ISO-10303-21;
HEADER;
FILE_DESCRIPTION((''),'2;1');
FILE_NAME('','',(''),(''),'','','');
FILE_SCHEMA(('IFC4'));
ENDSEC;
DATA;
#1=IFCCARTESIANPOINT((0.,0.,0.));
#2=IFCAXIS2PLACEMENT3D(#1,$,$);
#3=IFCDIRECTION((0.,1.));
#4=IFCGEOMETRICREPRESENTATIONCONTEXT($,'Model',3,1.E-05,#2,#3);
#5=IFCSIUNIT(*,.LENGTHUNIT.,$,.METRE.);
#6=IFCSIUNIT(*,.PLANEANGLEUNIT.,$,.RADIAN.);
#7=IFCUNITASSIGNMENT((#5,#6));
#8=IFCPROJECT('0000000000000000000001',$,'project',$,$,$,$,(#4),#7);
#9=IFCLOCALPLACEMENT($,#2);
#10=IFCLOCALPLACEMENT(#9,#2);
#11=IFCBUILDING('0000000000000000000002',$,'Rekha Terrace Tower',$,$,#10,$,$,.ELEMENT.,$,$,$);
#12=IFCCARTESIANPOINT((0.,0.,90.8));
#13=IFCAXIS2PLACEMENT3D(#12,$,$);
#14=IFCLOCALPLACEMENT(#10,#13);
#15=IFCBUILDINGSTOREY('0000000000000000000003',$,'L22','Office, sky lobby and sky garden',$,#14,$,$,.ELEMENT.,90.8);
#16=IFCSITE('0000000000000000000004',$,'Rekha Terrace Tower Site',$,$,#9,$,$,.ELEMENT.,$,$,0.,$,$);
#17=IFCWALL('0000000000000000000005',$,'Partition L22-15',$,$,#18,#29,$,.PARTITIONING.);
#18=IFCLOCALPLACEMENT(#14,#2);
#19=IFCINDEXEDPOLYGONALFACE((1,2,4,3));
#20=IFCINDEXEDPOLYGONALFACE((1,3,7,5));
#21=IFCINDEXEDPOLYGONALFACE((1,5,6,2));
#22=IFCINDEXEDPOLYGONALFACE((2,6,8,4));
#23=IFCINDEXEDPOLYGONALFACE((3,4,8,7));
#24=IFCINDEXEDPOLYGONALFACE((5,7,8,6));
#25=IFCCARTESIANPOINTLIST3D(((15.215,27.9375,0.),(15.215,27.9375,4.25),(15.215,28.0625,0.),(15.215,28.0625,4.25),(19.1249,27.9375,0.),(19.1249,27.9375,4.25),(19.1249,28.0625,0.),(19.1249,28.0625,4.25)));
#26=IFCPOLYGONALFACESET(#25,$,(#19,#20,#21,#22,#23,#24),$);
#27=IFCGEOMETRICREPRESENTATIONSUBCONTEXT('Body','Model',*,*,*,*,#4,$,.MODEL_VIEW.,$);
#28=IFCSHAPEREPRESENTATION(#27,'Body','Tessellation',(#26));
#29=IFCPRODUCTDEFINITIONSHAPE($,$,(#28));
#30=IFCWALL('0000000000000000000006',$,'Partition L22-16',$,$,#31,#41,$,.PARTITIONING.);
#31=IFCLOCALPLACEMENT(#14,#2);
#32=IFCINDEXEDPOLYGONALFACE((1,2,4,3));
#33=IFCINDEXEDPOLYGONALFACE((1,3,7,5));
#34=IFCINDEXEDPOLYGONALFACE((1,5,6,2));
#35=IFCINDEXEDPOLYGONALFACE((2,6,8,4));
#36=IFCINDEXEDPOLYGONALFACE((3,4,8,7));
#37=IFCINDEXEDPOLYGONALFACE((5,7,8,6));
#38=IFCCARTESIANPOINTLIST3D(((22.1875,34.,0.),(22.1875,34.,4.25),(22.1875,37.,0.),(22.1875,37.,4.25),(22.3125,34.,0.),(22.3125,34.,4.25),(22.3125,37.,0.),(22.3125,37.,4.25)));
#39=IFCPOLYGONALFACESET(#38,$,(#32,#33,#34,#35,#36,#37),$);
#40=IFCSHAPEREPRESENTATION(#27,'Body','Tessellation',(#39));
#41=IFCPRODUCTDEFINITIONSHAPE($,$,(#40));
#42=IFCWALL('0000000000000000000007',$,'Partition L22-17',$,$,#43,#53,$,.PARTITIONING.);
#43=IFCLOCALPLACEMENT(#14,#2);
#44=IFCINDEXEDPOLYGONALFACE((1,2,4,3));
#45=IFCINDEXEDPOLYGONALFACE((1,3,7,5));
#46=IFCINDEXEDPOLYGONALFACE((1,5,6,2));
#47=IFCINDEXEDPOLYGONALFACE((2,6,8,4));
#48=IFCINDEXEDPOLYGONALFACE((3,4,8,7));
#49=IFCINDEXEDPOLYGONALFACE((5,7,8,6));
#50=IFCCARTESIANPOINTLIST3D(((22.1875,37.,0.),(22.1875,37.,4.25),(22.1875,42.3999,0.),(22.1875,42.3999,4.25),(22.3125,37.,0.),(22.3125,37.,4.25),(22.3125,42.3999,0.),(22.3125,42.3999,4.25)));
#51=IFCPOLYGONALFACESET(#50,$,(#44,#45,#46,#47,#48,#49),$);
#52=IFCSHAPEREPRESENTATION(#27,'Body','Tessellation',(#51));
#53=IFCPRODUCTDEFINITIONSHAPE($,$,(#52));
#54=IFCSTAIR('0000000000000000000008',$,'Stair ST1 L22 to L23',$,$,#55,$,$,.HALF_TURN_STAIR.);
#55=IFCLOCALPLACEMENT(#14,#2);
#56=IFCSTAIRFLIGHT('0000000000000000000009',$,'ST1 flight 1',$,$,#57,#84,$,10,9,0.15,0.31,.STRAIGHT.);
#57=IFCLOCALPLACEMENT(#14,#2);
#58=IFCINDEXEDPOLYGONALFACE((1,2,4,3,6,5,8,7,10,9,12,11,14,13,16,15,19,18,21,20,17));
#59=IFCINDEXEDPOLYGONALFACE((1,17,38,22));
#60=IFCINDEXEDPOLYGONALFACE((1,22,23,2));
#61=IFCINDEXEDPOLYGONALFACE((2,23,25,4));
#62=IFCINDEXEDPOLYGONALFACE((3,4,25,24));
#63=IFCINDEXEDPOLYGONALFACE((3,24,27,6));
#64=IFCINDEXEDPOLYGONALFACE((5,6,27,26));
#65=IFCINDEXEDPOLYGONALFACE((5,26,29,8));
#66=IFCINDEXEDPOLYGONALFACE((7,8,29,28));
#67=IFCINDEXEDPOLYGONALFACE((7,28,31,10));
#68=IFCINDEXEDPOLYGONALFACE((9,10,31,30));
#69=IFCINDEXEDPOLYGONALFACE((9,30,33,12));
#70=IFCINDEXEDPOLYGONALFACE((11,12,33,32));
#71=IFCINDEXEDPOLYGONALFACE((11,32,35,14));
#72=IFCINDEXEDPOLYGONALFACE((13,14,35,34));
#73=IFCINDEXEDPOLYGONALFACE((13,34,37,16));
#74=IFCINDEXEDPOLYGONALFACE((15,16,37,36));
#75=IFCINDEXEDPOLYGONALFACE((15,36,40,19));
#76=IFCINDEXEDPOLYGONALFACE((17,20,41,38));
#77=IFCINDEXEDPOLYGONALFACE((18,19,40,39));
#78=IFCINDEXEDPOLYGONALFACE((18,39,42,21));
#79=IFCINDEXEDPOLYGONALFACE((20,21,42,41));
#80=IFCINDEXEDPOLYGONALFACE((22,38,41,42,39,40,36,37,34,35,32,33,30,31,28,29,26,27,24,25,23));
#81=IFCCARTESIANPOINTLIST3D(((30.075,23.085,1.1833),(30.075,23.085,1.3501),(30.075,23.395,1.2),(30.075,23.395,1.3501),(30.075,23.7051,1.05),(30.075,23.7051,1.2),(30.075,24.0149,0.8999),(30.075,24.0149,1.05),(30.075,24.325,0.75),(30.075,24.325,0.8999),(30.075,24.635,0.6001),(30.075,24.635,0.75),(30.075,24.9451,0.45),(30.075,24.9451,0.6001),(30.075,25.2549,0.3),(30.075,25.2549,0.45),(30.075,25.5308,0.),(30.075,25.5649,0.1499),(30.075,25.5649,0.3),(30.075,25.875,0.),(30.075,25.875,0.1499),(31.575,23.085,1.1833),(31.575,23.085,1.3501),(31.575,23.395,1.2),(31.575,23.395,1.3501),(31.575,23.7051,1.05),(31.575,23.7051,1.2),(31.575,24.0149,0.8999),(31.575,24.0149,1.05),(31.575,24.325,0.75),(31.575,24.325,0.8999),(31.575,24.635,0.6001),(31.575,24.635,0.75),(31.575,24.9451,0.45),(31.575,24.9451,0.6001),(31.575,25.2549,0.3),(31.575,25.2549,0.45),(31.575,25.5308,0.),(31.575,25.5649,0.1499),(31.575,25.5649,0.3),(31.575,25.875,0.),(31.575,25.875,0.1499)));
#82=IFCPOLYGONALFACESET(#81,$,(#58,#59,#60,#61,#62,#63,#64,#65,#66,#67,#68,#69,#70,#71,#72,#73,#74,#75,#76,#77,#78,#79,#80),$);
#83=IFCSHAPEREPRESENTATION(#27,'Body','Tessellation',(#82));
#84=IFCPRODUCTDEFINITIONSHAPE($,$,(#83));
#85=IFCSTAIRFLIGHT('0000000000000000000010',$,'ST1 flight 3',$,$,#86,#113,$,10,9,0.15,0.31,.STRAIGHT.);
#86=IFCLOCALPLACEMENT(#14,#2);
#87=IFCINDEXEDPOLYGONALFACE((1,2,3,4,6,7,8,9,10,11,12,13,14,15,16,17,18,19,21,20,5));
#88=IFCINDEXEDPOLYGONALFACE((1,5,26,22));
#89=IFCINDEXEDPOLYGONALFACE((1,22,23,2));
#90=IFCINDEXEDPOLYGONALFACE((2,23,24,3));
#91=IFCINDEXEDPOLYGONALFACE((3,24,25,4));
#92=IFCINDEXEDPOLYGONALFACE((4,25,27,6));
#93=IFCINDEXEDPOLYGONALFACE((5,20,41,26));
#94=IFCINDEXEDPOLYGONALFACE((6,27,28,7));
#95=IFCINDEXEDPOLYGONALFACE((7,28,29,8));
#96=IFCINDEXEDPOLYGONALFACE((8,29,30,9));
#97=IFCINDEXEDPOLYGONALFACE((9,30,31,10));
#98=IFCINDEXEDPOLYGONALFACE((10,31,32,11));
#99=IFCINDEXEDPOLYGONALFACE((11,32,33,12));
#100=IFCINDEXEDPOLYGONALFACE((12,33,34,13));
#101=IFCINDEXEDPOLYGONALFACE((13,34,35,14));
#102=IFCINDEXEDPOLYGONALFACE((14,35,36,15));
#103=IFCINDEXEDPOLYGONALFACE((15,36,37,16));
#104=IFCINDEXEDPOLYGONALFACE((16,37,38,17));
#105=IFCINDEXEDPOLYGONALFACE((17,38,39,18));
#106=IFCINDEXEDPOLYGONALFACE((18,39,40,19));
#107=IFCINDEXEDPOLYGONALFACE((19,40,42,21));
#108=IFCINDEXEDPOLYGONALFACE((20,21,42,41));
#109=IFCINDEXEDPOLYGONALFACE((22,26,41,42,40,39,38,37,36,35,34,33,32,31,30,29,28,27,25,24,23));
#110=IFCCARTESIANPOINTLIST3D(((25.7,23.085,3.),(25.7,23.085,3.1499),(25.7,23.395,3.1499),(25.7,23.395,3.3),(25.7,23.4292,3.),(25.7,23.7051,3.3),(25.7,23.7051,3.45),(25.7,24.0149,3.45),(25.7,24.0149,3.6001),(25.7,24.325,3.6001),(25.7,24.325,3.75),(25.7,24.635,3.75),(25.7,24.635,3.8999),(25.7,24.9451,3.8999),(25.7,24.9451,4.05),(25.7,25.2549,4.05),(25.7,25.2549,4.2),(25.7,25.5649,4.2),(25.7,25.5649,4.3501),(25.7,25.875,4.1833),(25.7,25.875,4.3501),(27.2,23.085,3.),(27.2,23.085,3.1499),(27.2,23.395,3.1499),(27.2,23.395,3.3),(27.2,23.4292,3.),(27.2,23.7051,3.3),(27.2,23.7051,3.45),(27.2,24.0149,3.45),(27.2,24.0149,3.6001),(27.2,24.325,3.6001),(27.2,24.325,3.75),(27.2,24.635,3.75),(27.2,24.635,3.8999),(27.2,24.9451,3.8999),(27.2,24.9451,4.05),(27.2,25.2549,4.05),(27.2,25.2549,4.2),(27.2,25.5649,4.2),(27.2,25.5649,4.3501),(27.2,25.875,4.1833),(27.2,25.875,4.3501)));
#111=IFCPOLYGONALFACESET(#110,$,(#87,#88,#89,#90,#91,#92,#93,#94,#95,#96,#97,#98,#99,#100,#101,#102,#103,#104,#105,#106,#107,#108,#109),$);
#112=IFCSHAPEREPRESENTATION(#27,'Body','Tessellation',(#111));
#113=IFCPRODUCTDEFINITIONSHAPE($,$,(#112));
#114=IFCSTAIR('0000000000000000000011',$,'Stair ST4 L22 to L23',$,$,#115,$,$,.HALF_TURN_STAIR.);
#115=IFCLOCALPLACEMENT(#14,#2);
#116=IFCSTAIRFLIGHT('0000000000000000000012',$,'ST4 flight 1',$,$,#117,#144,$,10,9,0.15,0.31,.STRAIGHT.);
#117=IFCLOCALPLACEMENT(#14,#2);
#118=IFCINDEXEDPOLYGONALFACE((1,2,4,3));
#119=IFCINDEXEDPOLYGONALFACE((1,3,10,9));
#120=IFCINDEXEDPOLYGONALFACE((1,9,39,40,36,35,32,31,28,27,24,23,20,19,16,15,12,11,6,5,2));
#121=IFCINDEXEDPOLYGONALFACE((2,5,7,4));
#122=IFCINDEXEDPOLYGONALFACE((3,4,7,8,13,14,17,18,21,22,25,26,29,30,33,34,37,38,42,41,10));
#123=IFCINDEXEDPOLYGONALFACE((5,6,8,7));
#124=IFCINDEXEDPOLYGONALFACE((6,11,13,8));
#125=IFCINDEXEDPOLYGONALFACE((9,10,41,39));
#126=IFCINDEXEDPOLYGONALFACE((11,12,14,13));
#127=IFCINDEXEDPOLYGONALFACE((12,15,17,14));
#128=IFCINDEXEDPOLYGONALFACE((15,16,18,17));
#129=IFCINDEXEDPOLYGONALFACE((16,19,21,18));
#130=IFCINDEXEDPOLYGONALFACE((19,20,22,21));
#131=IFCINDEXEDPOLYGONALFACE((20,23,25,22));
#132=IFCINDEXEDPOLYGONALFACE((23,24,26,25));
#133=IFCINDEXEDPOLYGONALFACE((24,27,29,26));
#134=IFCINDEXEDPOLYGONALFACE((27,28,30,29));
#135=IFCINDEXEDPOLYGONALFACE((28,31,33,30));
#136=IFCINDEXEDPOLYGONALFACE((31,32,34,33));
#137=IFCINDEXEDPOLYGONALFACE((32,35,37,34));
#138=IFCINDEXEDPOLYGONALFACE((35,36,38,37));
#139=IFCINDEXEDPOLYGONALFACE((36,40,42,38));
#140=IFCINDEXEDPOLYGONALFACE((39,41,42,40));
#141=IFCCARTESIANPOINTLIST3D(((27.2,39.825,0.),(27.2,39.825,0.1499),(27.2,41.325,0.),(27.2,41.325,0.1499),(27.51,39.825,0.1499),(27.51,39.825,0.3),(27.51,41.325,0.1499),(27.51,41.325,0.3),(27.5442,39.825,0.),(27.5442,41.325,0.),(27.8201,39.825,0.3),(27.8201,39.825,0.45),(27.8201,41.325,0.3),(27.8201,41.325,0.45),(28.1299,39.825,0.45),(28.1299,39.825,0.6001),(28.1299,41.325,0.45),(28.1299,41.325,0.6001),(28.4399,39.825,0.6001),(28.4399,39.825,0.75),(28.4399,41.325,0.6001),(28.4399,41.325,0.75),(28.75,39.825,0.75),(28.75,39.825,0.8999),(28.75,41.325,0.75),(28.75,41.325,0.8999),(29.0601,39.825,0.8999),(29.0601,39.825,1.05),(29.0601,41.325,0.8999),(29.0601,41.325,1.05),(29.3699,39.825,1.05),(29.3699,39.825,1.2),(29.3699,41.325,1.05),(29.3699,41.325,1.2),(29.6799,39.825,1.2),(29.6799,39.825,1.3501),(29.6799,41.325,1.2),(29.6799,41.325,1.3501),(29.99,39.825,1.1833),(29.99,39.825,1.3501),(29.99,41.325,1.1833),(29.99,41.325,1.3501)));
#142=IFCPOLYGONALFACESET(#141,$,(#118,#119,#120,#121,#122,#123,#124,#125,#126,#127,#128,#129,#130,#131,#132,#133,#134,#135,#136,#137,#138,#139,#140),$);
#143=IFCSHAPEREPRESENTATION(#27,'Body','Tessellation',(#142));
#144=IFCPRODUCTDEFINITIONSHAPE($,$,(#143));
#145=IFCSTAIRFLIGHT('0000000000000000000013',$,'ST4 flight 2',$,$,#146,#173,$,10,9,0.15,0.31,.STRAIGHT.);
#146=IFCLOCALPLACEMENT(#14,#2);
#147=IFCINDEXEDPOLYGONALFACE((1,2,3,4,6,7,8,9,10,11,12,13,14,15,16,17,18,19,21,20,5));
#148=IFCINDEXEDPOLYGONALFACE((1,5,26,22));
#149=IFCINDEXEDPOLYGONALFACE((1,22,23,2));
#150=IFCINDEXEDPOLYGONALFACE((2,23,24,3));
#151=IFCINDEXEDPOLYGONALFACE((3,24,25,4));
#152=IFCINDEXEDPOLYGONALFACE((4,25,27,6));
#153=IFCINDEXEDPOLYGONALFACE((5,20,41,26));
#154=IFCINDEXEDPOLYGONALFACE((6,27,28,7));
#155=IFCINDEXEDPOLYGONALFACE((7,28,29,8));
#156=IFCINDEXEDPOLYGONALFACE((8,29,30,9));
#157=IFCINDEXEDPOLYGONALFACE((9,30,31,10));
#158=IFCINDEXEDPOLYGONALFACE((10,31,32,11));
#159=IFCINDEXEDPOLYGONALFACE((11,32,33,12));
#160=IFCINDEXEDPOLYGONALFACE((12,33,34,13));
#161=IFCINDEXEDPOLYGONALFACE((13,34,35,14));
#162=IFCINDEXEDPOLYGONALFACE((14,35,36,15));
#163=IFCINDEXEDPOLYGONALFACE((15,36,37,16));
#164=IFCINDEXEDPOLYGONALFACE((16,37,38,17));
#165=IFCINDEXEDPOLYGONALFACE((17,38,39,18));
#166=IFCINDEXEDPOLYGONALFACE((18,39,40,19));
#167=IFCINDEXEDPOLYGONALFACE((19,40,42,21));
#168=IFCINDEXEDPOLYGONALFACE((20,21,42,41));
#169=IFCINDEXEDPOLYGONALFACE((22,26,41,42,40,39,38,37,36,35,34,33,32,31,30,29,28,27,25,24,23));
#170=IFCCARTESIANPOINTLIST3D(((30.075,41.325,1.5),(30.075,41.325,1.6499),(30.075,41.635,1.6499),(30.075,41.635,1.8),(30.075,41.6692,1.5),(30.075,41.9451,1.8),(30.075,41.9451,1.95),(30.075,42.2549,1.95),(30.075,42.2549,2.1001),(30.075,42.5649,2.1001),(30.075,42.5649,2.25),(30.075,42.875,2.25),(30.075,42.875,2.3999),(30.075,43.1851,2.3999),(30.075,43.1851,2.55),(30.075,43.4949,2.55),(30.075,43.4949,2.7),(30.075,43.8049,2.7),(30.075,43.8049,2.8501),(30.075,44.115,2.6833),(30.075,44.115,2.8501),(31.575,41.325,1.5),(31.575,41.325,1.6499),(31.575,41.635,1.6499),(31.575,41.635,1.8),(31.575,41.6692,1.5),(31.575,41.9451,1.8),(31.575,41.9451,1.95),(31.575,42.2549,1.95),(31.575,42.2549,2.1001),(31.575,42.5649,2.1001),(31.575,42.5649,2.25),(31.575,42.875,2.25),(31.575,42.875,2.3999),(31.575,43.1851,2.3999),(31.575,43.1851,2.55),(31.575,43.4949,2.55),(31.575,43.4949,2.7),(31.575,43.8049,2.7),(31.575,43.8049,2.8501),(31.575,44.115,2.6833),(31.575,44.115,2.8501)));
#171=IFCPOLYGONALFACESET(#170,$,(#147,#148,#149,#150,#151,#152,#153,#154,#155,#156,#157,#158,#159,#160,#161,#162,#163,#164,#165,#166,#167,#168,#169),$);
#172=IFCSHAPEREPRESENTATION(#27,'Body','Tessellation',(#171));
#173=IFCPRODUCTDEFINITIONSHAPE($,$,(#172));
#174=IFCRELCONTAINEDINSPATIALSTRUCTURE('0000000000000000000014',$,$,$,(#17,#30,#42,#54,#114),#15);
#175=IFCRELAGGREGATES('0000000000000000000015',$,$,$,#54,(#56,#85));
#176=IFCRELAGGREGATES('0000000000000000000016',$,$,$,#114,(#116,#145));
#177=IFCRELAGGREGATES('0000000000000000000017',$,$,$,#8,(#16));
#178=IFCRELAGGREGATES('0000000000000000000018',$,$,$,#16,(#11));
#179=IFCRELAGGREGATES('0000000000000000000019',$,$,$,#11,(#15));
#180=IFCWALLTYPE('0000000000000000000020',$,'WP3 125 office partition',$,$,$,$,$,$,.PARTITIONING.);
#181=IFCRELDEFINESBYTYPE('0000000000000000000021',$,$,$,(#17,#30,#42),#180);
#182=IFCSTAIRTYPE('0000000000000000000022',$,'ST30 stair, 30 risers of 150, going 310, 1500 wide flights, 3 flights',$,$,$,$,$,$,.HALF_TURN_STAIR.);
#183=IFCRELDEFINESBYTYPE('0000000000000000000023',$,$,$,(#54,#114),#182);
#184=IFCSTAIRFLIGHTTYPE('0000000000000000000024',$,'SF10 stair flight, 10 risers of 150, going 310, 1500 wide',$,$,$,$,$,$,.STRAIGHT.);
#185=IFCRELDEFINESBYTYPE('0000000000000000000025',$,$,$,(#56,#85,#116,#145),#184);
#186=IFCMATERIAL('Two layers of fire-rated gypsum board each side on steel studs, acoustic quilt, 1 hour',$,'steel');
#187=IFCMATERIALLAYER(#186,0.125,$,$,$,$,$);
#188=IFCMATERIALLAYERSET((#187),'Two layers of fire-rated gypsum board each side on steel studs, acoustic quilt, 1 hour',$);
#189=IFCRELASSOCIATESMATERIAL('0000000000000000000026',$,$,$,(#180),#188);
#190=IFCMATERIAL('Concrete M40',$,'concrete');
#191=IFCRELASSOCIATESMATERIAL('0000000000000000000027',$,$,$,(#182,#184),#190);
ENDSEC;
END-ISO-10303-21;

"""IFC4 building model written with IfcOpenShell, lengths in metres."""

from ifc_helpers import new_model, si_unit, direction, frame, frame_2d, origin, place, context, subcontext, project, spatial, polyline, rectangle, outline, extrude, material, layer, layer_set, type_object, element, aggregate, save


model = new_model("IFC4")

# Units and contexts
model_context = context("Model", 3, precision=1e-05, world=origin(), true_north=direction((0.0, 1.0)))
body_context = subcontext(model_context, "Body", "Model", "MODEL_VIEW")
ifc_project = project(units=[si_unit("LENGTHUNIT", "METRE"), si_unit("PLANEANGLEUNIT", "RADIAN")], contexts=[model_context])

# Site, building, storey
site_placement = place(None, origin())
site = spatial("IfcSite", under=ifc_project, at=site_placement, Name="Rekha Terrace Tower Site", CompositionType="ELEMENT", RefElevation=0.0)
building_placement = place(site_placement, origin())
building = spatial("IfcBuilding", under=site, at=building_placement, Name="Rekha Terrace Tower", CompositionType="ELEMENT")
storey_placement = place(building_placement, frame((0.0, 0.0, 90.8)))
storey = spatial("IfcBuildingStorey", under=building, at=storey_placement, Name="L22", Description="Office, sky lobby and sky garden", CompositionType="ELEMENT", Elevation=90.8)

# Shared definitions
ifc_material_1 = material(Name="Two layers of fire-rated gypsum board each side on steel studs, acoustic quilt, 1 hour", Category="steel")
ifc_layer_1 = layer(ifc_material_1, 0.125)
ifc_layer_set_1 = layer_set([ifc_layer_1], Name="Two layers of fire-rated gypsum board each side on steel studs, acoustic quilt, 1 hour")
wall_type_1 = type_object("IfcWallType", Name="WP3 125 office partition", PredefinedType="PARTITIONING", material=ifc_layer_set_1)

# Walls
wall_1_placement = place(storey_placement, frame((19.125, 28.0, 0.0), z_axis=(0.0, 0.0, 1.0), x_axis=(-1.0, 0.0, 0.0)))
element("IfcWall", 1, at=wall_1_placement, inside=storey, type_object=wall_type_1, Name="Partition L22-15", PredefinedType="PARTITIONING", context=body_context, shape_type="SweptSolid", body=[
    extrude(rectangle(XDim=3.9099, YDim=0.125, at=frame_2d((1.9551, 0.0))), origin(), (0.0, 0.0, 1.0), 4.25),
])
wall_2_placement = place(storey_placement, frame((22.25, 37.0, 0.0), z_axis=(0.0, 0.0, 1.0), x_axis=(0.0, -1.0, 0.0)))
element("IfcWall", 2, at=wall_2_placement, inside=storey, type_object=wall_type_1, Name="Partition L22-16", PredefinedType="PARTITIONING", context=body_context, shape_type="SweptSolid", body=[
    extrude(rectangle(XDim=3.0, YDim=0.125, at=frame_2d((1.5, 0.0))), origin(), (0.0, 0.0, 1.0), 4.25),
])
wall_3_placement = place(storey_placement, frame((22.25, 42.3999, 0.0), z_axis=(0.0, 0.0, 1.0), x_axis=(0.0, -1.0, 0.0)))
element("IfcWall", 3, at=wall_3_placement, inside=storey, type_object=wall_type_1, Name="Partition L22-17", PredefinedType="PARTITIONING", context=body_context, shape_type="SweptSolid", body=[
    extrude(rectangle(XDim=5.3999, YDim=0.125, at=frame_2d((2.7, 0.0))), origin(), (0.0, 0.0, 1.0), 4.25),
])

# Stairs, stair flights
ifc_material_2 = material(Name="Concrete M40", Category="concrete")
stair_type = type_object("IfcStairType", Name="ST30 stair, 30 risers of 150, going 310, 1500 wide flights, 3 flights", PredefinedType="HALF_TURN_STAIR", material=ifc_material_2)
stair_1_placement = place(storey_placement, origin())
stair_1 = element("IfcStair", 4, at=stair_1_placement, inside=storey, type_object=stair_type, Name="Stair ST1 L22 to L23", PredefinedType="HALF_TURN_STAIR")
stair_flight_type = type_object("IfcStairFlightType", Name="SF10 stair flight, 10 risers of 150, going 310, 1500 wide", PredefinedType="STRAIGHT", material=ifc_material_2)
stair_flight_1_placement = place(storey_placement, frame((30.825, 25.875, 0.0), z_axis=(0.0, 0.0, 1.0), x_axis=(0.0, -1.0, 0.0)))
stair_flight_1 = element("IfcStairFlight", 5, at=stair_flight_1_placement, type_object=stair_flight_type, Name="ST1 flight 1", NumberOfRisers=10, NumberOfTreads=9, PredefinedType="STRAIGHT", RiserHeight=0.15, TreadLength=0.31, context=body_context, shape_type="SweptSolid", body=[
    extrude(outline(polyline([(0.0, 0.0), (0.0, 0.1499), (0.3101, 0.1499), (0.3101, 0.3), (0.6201, 0.3), (0.6201, 0.45), (0.9299, 0.45), (0.9299, 0.6001), (1.24, 0.6001), (1.24, 0.75), (1.55, 0.75), (1.55, 0.8999), (1.8601, 0.8999), (1.8601, 1.05), (2.1699, 1.05), (2.1699, 1.2), (2.48, 1.2), (2.48, 1.3501), (2.79, 1.3501), (2.79, 1.5), (2.79, 1.1833), (0.3442, 0.0), (0.0, 0.0)])), frame((0.0, 0.75, 0.0), z_axis=(0.0, -1.0, 0.0), x_axis=(1.0, 0.0, 0.0)), (0.0, 0.0, 1.0), 1.5),
])
stair_flight_2_placement = place(storey_placement, frame((26.45, 23.085, 3.0), z_axis=(0.0, 0.0, 1.0), x_axis=(0.0, 1.0, 0.0)))
stair_flight_2 = element("IfcStairFlight", 6, at=stair_flight_2_placement, type_object=stair_flight_type, Name="ST1 flight 3", NumberOfRisers=10, NumberOfTreads=9, PredefinedType="STRAIGHT", RiserHeight=0.15, TreadLength=0.31, context=body_context, shape_type="SweptSolid", body=[
    extrude(outline(polyline([(0.0, 0.0), (0.0, 0.1499), (0.3101, 0.1499), (0.3101, 0.3), (0.6201, 0.3), (0.6201, 0.45), (0.9299, 0.45), (0.9299, 0.6001), (1.24, 0.6001), (1.24, 0.75), (1.55, 0.75), (1.55, 0.8999), (1.8601, 0.8999), (1.8601, 1.05), (2.1699, 1.05), (2.1699, 1.2), (2.48, 1.2), (2.48, 1.3501), (2.79, 1.3501), (2.79, 1.5), (2.79, 1.1833), (0.3442, 0.0), (0.0, 0.0)])), frame((0.0, 0.75, 0.0), z_axis=(0.0, -1.0, 0.0), x_axis=(1.0, 0.0, 0.0)), (0.0, 0.0, 1.0), 1.5),
])
aggregate(stair_1, [stair_flight_1, stair_flight_2])
stair_2_placement = place(storey_placement, origin())
stair_2 = element("IfcStair", 7, at=stair_2_placement, inside=storey, type_object=stair_type, Name="Stair ST4 L22 to L23", PredefinedType="HALF_TURN_STAIR")
stair_flight_3_placement = place(storey_placement, frame((27.2, 40.575, 0.0), z_axis=(0.0, 0.0, 1.0), x_axis=(1.0, 0.0, 0.0)))
stair_flight_3 = element("IfcStairFlight", 8, at=stair_flight_3_placement, type_object=stair_flight_type, Name="ST4 flight 1", NumberOfRisers=10, NumberOfTreads=9, PredefinedType="STRAIGHT", RiserHeight=0.15, TreadLength=0.31, context=body_context, shape_type="SweptSolid", body=[
    extrude(outline(polyline([(0.0, 0.0), (0.0, 0.1499), (0.3101, 0.1499), (0.3101, 0.3), (0.6201, 0.3), (0.6201, 0.45), (0.9299, 0.45), (0.9299, 0.6001), (1.24, 0.6001), (1.24, 0.75), (1.55, 0.75), (1.55, 0.8999), (1.8601, 0.8999), (1.8601, 1.05), (2.1699, 1.05), (2.1699, 1.2), (2.48, 1.2), (2.48, 1.3501), (2.79, 1.3501), (2.79, 1.5), (2.79, 1.1833), (0.3442, 0.0), (0.0, 0.0)])), frame((0.0, 0.75, 0.0), z_axis=(0.0, -1.0, 0.0), x_axis=(1.0, 0.0, 0.0)), (0.0, 0.0, 1.0), 1.5),
])
stair_flight_4_placement = place(storey_placement, frame((30.825, 41.325, 1.5), z_axis=(0.0, 0.0, 1.0), x_axis=(0.0, 1.0, 0.0)))
stair_flight_4 = element("IfcStairFlight", 9, at=stair_flight_4_placement, type_object=stair_flight_type, Name="ST4 flight 2", NumberOfRisers=10, NumberOfTreads=9, PredefinedType="STRAIGHT", RiserHeight=0.15, TreadLength=0.31, context=body_context, shape_type="SweptSolid", body=[
    extrude(outline(polyline([(0.0, 0.0), (0.0, 0.1499), (0.3101, 0.1499), (0.3101, 0.3), (0.6201, 0.3), (0.6201, 0.45), (0.9299, 0.45), (0.9299, 0.6001), (1.24, 0.6001), (1.24, 0.75), (1.55, 0.75), (1.55, 0.8999), (1.8601, 0.8999), (1.8601, 1.05), (2.1699, 1.05), (2.1699, 1.2), (2.48, 1.2), (2.48, 1.3501), (2.79, 1.3501), (2.79, 1.5), (2.79, 1.1833), (0.3442, 0.0), (0.0, 0.0)])), frame((0.0, 0.75, 0.0), z_axis=(0.0, -1.0, 0.0), x_axis=(1.0, 0.0, 0.0)), (0.0, 0.0, 1.0), 1.5),
])
aggregate(stair_2, [stair_flight_3, stair_flight_4])

save(model, "model.ifc")
